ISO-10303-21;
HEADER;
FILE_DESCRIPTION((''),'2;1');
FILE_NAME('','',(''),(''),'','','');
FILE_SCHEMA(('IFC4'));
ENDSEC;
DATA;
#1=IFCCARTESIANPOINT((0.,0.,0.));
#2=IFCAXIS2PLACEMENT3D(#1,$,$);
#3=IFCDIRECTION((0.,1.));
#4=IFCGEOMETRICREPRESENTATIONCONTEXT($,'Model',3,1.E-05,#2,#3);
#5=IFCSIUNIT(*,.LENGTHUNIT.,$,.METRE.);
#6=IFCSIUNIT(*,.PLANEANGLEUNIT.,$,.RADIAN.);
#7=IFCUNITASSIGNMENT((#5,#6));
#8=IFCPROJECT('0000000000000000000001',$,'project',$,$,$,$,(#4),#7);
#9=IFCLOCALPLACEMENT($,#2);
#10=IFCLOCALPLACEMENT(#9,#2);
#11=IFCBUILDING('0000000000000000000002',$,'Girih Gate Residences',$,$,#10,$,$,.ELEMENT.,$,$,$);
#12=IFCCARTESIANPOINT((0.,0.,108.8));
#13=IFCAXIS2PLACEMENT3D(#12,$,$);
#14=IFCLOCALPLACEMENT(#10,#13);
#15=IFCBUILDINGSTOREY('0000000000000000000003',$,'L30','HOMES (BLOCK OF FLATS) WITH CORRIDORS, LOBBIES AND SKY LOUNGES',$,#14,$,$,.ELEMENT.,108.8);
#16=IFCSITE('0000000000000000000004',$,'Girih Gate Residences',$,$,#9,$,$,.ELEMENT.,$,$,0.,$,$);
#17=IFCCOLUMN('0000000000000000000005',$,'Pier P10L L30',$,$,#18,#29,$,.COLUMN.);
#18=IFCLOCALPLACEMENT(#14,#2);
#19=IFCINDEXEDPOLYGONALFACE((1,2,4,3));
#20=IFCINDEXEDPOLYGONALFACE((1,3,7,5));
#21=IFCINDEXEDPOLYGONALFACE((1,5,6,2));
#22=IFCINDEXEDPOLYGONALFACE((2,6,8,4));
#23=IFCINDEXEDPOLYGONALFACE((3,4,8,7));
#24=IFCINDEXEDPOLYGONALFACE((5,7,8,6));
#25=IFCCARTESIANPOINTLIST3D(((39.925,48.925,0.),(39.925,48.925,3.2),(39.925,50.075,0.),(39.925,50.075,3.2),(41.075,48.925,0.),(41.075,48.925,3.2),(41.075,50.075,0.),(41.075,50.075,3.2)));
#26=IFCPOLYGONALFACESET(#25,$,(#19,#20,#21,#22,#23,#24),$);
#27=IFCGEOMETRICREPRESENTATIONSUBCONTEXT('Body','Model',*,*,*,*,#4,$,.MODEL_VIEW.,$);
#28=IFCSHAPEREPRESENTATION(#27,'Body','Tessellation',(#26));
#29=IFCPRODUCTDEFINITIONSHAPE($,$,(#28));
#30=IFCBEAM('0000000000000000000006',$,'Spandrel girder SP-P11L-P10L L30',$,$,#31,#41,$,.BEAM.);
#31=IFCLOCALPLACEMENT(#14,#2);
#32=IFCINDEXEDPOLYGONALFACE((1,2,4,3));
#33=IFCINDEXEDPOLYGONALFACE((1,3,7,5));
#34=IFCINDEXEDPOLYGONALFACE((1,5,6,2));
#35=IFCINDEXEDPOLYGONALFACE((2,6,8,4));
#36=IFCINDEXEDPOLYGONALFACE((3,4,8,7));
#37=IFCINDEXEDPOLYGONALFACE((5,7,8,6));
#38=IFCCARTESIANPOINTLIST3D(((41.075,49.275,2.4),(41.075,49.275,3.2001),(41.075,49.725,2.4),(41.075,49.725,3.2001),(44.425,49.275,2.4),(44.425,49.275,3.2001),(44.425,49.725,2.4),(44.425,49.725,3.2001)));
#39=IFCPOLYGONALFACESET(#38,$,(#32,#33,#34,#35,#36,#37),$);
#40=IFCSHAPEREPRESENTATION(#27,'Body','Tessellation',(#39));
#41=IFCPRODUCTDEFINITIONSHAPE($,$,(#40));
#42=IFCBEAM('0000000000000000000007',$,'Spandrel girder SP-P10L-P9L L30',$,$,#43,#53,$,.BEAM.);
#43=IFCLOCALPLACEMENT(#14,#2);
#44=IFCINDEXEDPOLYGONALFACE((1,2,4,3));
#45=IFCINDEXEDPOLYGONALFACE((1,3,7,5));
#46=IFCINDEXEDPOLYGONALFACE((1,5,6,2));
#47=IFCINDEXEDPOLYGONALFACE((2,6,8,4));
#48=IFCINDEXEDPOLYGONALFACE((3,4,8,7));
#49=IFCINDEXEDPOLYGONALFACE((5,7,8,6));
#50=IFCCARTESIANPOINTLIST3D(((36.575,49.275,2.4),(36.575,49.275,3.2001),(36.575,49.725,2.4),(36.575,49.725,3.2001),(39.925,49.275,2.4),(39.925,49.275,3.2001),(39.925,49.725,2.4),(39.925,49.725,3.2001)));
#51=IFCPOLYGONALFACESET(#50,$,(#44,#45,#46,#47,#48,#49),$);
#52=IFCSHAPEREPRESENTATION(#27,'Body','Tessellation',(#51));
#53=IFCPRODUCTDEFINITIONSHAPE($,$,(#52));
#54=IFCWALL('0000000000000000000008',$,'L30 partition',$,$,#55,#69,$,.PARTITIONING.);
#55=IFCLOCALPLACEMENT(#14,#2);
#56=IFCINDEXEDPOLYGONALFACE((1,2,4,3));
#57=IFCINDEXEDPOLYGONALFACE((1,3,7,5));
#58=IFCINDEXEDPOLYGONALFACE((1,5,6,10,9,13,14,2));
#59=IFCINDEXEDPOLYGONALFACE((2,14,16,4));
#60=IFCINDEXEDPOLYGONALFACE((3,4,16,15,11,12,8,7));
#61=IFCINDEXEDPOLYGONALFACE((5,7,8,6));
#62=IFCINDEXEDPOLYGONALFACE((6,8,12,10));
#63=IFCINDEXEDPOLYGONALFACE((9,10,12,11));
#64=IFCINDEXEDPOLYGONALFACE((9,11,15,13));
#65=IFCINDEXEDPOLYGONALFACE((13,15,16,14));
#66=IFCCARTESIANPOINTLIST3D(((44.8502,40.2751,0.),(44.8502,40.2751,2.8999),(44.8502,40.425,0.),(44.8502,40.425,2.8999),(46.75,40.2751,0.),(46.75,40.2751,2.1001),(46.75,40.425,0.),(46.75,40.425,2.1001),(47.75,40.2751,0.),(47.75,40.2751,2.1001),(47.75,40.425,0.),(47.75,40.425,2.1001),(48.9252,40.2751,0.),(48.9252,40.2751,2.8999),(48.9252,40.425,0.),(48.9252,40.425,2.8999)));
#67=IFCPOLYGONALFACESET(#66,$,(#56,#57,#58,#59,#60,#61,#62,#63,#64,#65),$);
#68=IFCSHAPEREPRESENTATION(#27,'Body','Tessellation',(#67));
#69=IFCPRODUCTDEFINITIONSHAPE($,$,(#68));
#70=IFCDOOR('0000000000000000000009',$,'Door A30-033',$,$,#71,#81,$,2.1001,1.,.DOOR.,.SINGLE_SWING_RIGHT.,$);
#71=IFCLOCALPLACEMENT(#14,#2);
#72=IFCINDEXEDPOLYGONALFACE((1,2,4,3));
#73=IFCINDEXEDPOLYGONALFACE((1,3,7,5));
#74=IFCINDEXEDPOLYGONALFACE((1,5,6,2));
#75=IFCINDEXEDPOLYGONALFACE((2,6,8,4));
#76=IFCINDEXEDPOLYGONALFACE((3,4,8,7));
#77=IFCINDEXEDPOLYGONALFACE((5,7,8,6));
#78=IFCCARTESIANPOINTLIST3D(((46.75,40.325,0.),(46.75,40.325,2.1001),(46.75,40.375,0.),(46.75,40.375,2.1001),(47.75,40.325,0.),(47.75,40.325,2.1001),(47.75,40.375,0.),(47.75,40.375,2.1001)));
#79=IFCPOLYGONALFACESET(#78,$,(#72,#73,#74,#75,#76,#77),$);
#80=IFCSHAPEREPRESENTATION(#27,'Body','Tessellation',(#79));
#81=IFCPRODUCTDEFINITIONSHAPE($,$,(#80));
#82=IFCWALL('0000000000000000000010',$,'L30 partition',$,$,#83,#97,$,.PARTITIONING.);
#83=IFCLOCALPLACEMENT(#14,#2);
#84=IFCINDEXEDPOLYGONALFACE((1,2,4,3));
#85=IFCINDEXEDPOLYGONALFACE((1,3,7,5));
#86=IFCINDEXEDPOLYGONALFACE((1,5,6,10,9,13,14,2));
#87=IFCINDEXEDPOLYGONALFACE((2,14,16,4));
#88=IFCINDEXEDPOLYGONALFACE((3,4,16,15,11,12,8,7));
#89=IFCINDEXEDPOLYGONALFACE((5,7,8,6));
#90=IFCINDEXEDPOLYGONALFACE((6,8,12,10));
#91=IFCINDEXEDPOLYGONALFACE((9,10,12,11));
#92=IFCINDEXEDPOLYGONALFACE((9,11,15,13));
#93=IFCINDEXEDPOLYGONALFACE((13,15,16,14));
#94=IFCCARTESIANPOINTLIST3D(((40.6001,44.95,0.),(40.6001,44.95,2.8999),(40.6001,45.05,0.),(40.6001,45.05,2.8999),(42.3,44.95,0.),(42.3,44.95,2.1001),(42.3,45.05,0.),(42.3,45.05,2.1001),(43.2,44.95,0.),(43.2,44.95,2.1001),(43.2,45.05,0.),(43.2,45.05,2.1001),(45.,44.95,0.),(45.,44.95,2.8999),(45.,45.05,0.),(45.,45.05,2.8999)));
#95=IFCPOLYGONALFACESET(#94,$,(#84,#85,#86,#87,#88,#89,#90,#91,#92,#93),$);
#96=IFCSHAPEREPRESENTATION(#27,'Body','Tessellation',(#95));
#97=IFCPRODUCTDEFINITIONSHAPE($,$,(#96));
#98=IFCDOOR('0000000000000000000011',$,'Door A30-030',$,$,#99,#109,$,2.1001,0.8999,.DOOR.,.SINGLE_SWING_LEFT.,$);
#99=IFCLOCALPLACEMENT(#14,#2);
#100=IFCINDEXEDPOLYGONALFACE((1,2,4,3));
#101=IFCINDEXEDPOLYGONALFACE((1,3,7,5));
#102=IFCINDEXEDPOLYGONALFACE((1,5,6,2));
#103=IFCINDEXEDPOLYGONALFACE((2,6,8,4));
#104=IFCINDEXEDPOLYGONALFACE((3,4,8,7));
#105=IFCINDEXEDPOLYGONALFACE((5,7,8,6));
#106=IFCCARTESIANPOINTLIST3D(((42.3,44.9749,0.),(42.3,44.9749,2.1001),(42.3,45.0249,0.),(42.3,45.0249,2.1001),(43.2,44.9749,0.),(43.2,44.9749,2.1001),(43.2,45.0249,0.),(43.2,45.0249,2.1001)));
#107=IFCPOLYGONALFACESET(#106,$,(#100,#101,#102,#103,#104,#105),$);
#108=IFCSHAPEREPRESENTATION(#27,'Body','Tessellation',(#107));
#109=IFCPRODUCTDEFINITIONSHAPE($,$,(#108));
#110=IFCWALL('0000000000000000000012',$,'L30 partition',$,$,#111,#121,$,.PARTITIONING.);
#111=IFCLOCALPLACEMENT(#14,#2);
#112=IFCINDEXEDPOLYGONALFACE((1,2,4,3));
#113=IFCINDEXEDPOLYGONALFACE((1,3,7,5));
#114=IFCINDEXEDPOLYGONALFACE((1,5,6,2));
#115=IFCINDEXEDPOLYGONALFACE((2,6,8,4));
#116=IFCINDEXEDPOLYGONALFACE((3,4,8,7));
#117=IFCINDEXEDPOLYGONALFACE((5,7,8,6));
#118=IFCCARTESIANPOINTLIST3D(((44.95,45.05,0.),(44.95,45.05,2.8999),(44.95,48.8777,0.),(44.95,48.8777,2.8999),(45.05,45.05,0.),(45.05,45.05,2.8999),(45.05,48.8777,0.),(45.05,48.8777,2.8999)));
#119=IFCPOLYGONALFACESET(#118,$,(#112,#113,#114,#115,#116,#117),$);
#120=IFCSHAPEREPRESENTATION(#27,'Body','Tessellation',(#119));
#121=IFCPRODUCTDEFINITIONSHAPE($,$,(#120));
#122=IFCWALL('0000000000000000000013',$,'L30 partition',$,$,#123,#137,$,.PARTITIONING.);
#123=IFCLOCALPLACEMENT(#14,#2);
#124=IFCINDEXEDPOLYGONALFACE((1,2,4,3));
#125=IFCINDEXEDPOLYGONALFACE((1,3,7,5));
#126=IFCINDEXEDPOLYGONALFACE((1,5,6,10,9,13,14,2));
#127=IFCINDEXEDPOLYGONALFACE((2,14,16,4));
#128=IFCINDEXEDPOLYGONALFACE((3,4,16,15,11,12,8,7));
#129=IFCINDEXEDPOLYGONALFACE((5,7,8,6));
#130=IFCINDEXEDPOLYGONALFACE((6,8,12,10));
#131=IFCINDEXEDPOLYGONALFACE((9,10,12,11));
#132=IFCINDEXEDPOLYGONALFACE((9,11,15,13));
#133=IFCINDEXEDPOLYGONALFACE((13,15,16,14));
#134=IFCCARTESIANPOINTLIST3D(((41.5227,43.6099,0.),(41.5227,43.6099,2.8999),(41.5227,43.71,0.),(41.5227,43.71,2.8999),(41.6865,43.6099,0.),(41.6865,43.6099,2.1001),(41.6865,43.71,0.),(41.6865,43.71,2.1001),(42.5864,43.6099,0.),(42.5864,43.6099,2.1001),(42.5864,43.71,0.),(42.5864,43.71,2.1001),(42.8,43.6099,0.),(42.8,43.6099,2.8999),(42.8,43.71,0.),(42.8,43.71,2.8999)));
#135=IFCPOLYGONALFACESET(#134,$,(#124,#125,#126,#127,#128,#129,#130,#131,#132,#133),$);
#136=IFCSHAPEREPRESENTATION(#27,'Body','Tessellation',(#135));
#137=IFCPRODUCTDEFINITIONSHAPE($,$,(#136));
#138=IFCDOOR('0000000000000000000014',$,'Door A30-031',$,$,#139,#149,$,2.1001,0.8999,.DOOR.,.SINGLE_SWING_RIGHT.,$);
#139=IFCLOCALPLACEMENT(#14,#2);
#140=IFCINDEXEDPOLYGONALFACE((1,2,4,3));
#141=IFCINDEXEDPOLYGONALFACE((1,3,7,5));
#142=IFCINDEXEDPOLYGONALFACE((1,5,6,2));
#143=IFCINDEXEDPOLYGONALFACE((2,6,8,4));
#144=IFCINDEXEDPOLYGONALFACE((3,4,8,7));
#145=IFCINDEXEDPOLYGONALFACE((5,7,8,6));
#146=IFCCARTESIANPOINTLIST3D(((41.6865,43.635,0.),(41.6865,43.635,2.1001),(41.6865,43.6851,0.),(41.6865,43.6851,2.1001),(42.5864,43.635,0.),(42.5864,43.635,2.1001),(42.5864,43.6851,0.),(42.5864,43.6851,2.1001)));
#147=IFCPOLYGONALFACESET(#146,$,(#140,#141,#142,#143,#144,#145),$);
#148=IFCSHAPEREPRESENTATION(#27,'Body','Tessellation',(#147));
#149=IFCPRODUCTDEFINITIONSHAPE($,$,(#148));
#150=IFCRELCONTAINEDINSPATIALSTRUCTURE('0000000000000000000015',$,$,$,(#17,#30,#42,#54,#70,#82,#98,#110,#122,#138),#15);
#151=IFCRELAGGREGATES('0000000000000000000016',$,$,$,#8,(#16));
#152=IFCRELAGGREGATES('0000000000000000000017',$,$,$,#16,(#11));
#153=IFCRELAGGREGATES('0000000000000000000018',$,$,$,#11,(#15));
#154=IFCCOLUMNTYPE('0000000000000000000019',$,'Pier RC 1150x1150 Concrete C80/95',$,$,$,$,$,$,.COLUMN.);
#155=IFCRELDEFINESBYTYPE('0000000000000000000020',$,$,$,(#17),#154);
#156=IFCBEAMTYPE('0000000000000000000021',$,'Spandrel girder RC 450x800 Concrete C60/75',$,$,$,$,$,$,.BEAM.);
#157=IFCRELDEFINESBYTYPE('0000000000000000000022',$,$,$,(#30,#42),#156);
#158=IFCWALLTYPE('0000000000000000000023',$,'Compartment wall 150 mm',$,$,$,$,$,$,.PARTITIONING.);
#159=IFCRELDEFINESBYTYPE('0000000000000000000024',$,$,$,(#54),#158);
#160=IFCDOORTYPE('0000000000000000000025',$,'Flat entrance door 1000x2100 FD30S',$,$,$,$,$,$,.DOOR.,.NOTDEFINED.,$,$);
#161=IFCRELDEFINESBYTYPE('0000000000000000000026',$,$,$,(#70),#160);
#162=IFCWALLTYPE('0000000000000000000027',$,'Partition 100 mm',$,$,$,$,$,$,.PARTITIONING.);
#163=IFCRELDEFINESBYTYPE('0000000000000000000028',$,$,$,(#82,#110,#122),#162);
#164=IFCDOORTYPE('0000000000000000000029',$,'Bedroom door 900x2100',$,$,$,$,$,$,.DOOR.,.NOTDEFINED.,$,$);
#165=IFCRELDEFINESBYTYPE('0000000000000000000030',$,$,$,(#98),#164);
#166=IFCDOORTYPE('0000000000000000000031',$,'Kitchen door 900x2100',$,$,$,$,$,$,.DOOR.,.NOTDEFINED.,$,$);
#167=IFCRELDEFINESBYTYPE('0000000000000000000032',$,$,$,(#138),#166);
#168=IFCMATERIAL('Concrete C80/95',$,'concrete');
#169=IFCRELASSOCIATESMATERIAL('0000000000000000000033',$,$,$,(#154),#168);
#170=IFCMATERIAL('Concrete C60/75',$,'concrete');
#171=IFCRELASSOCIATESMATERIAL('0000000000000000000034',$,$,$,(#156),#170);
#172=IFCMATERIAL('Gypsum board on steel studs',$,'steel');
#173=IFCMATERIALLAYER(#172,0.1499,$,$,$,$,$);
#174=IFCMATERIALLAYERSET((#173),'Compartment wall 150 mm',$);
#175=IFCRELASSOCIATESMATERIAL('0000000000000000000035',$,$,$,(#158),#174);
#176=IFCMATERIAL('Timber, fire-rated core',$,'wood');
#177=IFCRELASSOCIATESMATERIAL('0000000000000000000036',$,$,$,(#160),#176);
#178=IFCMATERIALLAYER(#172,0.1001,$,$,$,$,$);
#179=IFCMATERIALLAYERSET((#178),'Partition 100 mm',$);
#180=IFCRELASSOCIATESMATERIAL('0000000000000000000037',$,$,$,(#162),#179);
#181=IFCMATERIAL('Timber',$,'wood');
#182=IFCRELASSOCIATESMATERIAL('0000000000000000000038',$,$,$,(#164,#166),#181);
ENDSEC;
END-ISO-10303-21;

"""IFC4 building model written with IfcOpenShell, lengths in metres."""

from ifc_helpers import new_model, si_unit, direction, frame, frame_2d, origin, origin_2d, place, context, subcontext, project, spatial, rectangle, extrude, material, layer, layer_set, material_profile, profile_set, type_object, element, fill, save


model = new_model("IFC4")

# Units and contexts
model_context = context("Model", 3, precision=1e-05, world=origin(), true_north=direction((0.0, 1.0)))
body_context = subcontext(model_context, "Body", "Model", "MODEL_VIEW")
ifc_project = project(units=[si_unit("LENGTHUNIT", "METRE"), si_unit("PLANEANGLEUNIT", "RADIAN")], contexts=[model_context])

# Site, building, storey
site_placement = place(None, origin())
site = spatial("IfcSite", under=ifc_project, at=site_placement, Name="Girih Gate Residences", CompositionType="ELEMENT", RefElevation=0.0)
building_placement = place(site_placement, origin())
building = spatial("IfcBuilding", under=site, at=building_placement, Name="Girih Gate Residences", CompositionType="ELEMENT")
storey_placement = place(building_placement, frame((0.0, 0.0, 108.8)))
storey = spatial("IfcBuildingStorey", under=building, at=storey_placement, Name="L30", Description="HOMES (BLOCK OF FLATS) WITH CORRIDORS, LOBBIES AND SKY LOUNGES", CompositionType="ELEMENT", Elevation=108.8)

# Column
ifc_material_1 = material(Name="Concrete C80/95", Category="concrete")
ifc_material_profile_1 = material_profile(ifc_material_1, rectangle(XDim=1.1499, YDim=1.1499, at=origin_2d()))
ifc_profile_set_1 = profile_set([ifc_material_profile_1], Name="Concrete C80/95")
column_type = type_object("IfcColumnType", Name="Pier RC 1150x1150 Concrete C80/95", PredefinedType="COLUMN", material=ifc_profile_set_1)
column_placement = place(storey_placement, frame((40.5, 49.5, 0.0), z_axis=(0.0, 0.0, 1.0), x_axis=(1.0, 0.0, 0.0)))
element("IfcColumn", 1, at=column_placement, inside=storey, type_object=column_type, Name="Pier P10L L30", PredefinedType="COLUMN", context=body_context, shape_type="SweptSolid", body=[
    extrude(rectangle(XDim=1.1499, YDim=1.1499, at=origin_2d()), origin(), (0.0, 0.0, 1.0), 3.2),
])

# Beams
ifc_material_2 = material(Name="Concrete C60/75", Category="concrete")
ifc_material_profile_2 = material_profile(ifc_material_2, rectangle(XDim=0.45, YDim=0.8, at=origin_2d()))
ifc_profile_set_2 = profile_set([ifc_material_profile_2], Name="Concrete C60/75")
beam_type = type_object("IfcBeamType", Name="Spandrel girder RC 450x800 Concrete C60/75", PredefinedType="BEAM", material=ifc_profile_set_2)
for number, where, z_axis, x_axis, name in (
    (2, (44.425, 49.5, 2.8), (-1.0, 0.0, 0.0), (0.0, -1.0, 0.0), "Spandrel girder SP-P11L-P10L L30"),
    (3, (39.925, 49.5, 2.8), (-1.0, 0.0, 0.0), (0.0, -1.0, 0.0), "Spandrel girder SP-P10L-P9L L30"),
):
    element("IfcBeam", number, at=place(storey_placement, frame(where, z_axis=z_axis, x_axis=x_axis)), inside=storey, type_object=beam_type, Name=name, PredefinedType="BEAM", context=body_context, shape_type="SweptSolid", body=[
        extrude(rectangle(XDim=0.45, YDim=0.8, at=origin_2d()), origin(), (0.0, 0.0, 1.0), 3.3501),
    ])

# Walls, openings, doors
ifc_material_3 = material(Name="Gypsum board on steel studs", Category="steel")
ifc_layer_1 = layer(ifc_material_3, 0.1499)
ifc_layer_set_1 = layer_set([ifc_layer_1], Name="Compartment wall 150 mm")
wall_type_1 = type_object("IfcWallType", Name="Compartment wall 150 mm", PredefinedType="PARTITIONING", material=ifc_layer_set_1)
wall_1_placement = place(storey_placement, frame((44.8501, 40.3501, 0.0), z_axis=(0.0, 0.0, 1.0), x_axis=(1.0, 0.0, 0.0)))
wall_1 = element("IfcWall", 4, at=wall_1_placement, inside=storey, type_object=wall_type_1, Name="L30 partition", PredefinedType="PARTITIONING", context=body_context, shape_type="SweptSolid", body=[
    extrude(rectangle(XDim=4.075, YDim=0.1499, at=frame_2d((2.0376, 0.0))), origin(), (0.0, 0.0, 1.0), 2.8999),
])
opening_1_placement = place(wall_1_placement, frame((1.8999, 0.0, 0.0)))
opening_1 = element("IfcOpeningElement", 5, at=opening_1_placement, cuts=wall_1, PredefinedType="OPENING", context=body_context, shape_type="SweptSolid", body=[
    extrude(rectangle(XDim=1.0, YDim=2.1001, at=frame_2d((0.5, 1.05))), frame((0.0, 0.085, 0.0), z_axis=(0.0, -1.0, 0.0), x_axis=(1.0, 0.0, 0.0)), (0.0, 0.0, 1.0), 0.1699),
])
ifc_material_4 = material(Name="Timber, fire-rated core", Category="wood")
door_type_1 = type_object("IfcDoorType", Name="Flat entrance door 1000x2100 FD30S", OperationType="NOTDEFINED", PredefinedType="DOOR", material=ifc_material_4)
door_1_placement = place(opening_1_placement, origin())
door_1 = element("IfcDoor", 6, at=door_1_placement, inside=storey, type_object=door_type_1, Name="Door A30-033", OperationType="SINGLE_SWING_RIGHT", OverallHeight=2.1001, OverallWidth=1.0, PredefinedType="DOOR", context=body_context, shape_type="SweptSolid", body=[
    extrude(rectangle(XDim=1.0, YDim=2.1001, at=frame_2d((0.5, 1.05))), frame((0.0, 0.0249, 0.0), z_axis=(0.0, -1.0, 0.0), x_axis=(1.0, 0.0, 0.0)), (0.0, 0.0, 1.0), 0.05),
])
fill(opening_1, door_1)
ifc_layer_2 = layer(ifc_material_3, 0.1001)
ifc_layer_set_2 = layer_set([ifc_layer_2], Name="Partition 100 mm")
wall_type_2 = type_object("IfcWallType", Name="Partition 100 mm", PredefinedType="PARTITIONING", material=ifc_layer_set_2)
wall_2_placement = place(storey_placement, frame((40.6001, 45.0, 0.0), z_axis=(0.0, 0.0, 1.0), x_axis=(1.0, 0.0, 0.0)))
wall_2 = element("IfcWall", 7, at=wall_2_placement, inside=storey, type_object=wall_type_2, Name="L30 partition", PredefinedType="PARTITIONING", context=body_context, shape_type="SweptSolid", body=[
    extrude(rectangle(XDim=4.3999, YDim=0.1001, at=frame_2d((2.2, 0.0))), origin(), (0.0, 0.0, 1.0), 2.8999),
])
opening_2_placement = place(wall_2_placement, frame((1.7, 0.0, 0.0)))
opening_2 = element("IfcOpeningElement", 8, at=opening_2_placement, cuts=wall_2, PredefinedType="OPENING", context=body_context, shape_type="SweptSolid", body=[
    extrude(rectangle(XDim=0.8999, YDim=2.1001, at=frame_2d((0.45, 1.05))), frame((0.0, 0.0601, 0.0), z_axis=(0.0, -1.0, 0.0), x_axis=(1.0, 0.0, 0.0)), (0.0, 0.0, 1.0), 0.1201),
])
ifc_material_5 = material(Name="Timber", Category="wood")
door_type_2 = type_object("IfcDoorType", Name="Bedroom door 900x2100", OperationType="NOTDEFINED", PredefinedType="DOOR", material=ifc_material_5)
door_2_placement = place(opening_2_placement, origin())
door_2 = element("IfcDoor", 9, at=door_2_placement, inside=storey, type_object=door_type_2, Name="Door A30-030", OperationType="SINGLE_SWING_LEFT", OverallHeight=2.1001, OverallWidth=0.8999, PredefinedType="DOOR", context=body_context, shape_type="SweptSolid", body=[
    extrude(rectangle(XDim=0.8999, YDim=2.1001, at=frame_2d((0.45, 1.05))), frame((0.0, 0.0249, 0.0), z_axis=(0.0, -1.0, 0.0), x_axis=(1.0, 0.0, 0.0)), (0.0, 0.0, 1.0), 0.05),
])
fill(opening_2, door_2)

# Wall
wall_3_placement = place(storey_placement, frame((45.0, 45.05, 0.0), z_axis=(0.0, 0.0, 1.0), x_axis=(0.0, 1.0, 0.0)))
element("IfcWall", 10, at=wall_3_placement, inside=storey, type_object=wall_type_2, Name="L30 partition", PredefinedType="PARTITIONING", context=body_context, shape_type="SweptSolid", body=[
    extrude(rectangle(XDim=3.8276, YDim=0.1001, at=frame_2d((1.9138, 0.0))), origin(), (0.0, 0.0, 1.0), 2.8999),
])

# Wall, opening, door
wall_4_placement = place(storey_placement, frame((42.8, 43.6599, 0.0), z_axis=(0.0, 0.0, 1.0), x_axis=(-1.0, 0.0, 0.0)))
wall_4 = element("IfcWall", 11, at=wall_4_placement, inside=storey, type_object=wall_type_2, Name="L30 partition", PredefinedType="PARTITIONING", context=body_context, shape_type="SweptSolid", body=[
    extrude(rectangle(XDim=1.2773, YDim=0.1001, at=frame_2d((0.6387, 0.0))), origin(), (0.0, 0.0, 1.0), 2.8999),
])
opening_3_placement = place(wall_4_placement, frame((0.2136, 0.0, 0.0)))
opening_3 = element("IfcOpeningElement", 12, at=opening_3_placement, cuts=wall_4, PredefinedType="OPENING", context=body_context, shape_type="SweptSolid", body=[
    extrude(rectangle(XDim=0.8999, YDim=2.1001, at=frame_2d((0.45, 1.05))), frame((0.0, 0.0601, 0.0), z_axis=(0.0, -1.0, 0.0), x_axis=(1.0, 0.0, 0.0)), (0.0, 0.0, 1.0), 0.1201),
])
door_type_3 = type_object("IfcDoorType", Name="Kitchen door 900x2100", OperationType="NOTDEFINED", PredefinedType="DOOR", material=ifc_material_5)
door_3_placement = place(opening_3_placement, origin())
door_3 = element("IfcDoor", 13, at=door_3_placement, inside=storey, type_object=door_type_3, Name="Door A30-031", OperationType="SINGLE_SWING_RIGHT", OverallHeight=2.1001, OverallWidth=0.8999, PredefinedType="DOOR", context=body_context, shape_type="SweptSolid", body=[
    extrude(rectangle(XDim=0.8999, YDim=2.1001, at=frame_2d((0.45, 1.05))), frame((0.0, 0.0249, 0.0), z_axis=(0.0, -1.0, 0.0), x_axis=(1.0, 0.0, 0.0)), (0.0, 0.0, 1.0), 0.05),
])
fill(opening_3, door_3)

save(model, "model.ifc")
